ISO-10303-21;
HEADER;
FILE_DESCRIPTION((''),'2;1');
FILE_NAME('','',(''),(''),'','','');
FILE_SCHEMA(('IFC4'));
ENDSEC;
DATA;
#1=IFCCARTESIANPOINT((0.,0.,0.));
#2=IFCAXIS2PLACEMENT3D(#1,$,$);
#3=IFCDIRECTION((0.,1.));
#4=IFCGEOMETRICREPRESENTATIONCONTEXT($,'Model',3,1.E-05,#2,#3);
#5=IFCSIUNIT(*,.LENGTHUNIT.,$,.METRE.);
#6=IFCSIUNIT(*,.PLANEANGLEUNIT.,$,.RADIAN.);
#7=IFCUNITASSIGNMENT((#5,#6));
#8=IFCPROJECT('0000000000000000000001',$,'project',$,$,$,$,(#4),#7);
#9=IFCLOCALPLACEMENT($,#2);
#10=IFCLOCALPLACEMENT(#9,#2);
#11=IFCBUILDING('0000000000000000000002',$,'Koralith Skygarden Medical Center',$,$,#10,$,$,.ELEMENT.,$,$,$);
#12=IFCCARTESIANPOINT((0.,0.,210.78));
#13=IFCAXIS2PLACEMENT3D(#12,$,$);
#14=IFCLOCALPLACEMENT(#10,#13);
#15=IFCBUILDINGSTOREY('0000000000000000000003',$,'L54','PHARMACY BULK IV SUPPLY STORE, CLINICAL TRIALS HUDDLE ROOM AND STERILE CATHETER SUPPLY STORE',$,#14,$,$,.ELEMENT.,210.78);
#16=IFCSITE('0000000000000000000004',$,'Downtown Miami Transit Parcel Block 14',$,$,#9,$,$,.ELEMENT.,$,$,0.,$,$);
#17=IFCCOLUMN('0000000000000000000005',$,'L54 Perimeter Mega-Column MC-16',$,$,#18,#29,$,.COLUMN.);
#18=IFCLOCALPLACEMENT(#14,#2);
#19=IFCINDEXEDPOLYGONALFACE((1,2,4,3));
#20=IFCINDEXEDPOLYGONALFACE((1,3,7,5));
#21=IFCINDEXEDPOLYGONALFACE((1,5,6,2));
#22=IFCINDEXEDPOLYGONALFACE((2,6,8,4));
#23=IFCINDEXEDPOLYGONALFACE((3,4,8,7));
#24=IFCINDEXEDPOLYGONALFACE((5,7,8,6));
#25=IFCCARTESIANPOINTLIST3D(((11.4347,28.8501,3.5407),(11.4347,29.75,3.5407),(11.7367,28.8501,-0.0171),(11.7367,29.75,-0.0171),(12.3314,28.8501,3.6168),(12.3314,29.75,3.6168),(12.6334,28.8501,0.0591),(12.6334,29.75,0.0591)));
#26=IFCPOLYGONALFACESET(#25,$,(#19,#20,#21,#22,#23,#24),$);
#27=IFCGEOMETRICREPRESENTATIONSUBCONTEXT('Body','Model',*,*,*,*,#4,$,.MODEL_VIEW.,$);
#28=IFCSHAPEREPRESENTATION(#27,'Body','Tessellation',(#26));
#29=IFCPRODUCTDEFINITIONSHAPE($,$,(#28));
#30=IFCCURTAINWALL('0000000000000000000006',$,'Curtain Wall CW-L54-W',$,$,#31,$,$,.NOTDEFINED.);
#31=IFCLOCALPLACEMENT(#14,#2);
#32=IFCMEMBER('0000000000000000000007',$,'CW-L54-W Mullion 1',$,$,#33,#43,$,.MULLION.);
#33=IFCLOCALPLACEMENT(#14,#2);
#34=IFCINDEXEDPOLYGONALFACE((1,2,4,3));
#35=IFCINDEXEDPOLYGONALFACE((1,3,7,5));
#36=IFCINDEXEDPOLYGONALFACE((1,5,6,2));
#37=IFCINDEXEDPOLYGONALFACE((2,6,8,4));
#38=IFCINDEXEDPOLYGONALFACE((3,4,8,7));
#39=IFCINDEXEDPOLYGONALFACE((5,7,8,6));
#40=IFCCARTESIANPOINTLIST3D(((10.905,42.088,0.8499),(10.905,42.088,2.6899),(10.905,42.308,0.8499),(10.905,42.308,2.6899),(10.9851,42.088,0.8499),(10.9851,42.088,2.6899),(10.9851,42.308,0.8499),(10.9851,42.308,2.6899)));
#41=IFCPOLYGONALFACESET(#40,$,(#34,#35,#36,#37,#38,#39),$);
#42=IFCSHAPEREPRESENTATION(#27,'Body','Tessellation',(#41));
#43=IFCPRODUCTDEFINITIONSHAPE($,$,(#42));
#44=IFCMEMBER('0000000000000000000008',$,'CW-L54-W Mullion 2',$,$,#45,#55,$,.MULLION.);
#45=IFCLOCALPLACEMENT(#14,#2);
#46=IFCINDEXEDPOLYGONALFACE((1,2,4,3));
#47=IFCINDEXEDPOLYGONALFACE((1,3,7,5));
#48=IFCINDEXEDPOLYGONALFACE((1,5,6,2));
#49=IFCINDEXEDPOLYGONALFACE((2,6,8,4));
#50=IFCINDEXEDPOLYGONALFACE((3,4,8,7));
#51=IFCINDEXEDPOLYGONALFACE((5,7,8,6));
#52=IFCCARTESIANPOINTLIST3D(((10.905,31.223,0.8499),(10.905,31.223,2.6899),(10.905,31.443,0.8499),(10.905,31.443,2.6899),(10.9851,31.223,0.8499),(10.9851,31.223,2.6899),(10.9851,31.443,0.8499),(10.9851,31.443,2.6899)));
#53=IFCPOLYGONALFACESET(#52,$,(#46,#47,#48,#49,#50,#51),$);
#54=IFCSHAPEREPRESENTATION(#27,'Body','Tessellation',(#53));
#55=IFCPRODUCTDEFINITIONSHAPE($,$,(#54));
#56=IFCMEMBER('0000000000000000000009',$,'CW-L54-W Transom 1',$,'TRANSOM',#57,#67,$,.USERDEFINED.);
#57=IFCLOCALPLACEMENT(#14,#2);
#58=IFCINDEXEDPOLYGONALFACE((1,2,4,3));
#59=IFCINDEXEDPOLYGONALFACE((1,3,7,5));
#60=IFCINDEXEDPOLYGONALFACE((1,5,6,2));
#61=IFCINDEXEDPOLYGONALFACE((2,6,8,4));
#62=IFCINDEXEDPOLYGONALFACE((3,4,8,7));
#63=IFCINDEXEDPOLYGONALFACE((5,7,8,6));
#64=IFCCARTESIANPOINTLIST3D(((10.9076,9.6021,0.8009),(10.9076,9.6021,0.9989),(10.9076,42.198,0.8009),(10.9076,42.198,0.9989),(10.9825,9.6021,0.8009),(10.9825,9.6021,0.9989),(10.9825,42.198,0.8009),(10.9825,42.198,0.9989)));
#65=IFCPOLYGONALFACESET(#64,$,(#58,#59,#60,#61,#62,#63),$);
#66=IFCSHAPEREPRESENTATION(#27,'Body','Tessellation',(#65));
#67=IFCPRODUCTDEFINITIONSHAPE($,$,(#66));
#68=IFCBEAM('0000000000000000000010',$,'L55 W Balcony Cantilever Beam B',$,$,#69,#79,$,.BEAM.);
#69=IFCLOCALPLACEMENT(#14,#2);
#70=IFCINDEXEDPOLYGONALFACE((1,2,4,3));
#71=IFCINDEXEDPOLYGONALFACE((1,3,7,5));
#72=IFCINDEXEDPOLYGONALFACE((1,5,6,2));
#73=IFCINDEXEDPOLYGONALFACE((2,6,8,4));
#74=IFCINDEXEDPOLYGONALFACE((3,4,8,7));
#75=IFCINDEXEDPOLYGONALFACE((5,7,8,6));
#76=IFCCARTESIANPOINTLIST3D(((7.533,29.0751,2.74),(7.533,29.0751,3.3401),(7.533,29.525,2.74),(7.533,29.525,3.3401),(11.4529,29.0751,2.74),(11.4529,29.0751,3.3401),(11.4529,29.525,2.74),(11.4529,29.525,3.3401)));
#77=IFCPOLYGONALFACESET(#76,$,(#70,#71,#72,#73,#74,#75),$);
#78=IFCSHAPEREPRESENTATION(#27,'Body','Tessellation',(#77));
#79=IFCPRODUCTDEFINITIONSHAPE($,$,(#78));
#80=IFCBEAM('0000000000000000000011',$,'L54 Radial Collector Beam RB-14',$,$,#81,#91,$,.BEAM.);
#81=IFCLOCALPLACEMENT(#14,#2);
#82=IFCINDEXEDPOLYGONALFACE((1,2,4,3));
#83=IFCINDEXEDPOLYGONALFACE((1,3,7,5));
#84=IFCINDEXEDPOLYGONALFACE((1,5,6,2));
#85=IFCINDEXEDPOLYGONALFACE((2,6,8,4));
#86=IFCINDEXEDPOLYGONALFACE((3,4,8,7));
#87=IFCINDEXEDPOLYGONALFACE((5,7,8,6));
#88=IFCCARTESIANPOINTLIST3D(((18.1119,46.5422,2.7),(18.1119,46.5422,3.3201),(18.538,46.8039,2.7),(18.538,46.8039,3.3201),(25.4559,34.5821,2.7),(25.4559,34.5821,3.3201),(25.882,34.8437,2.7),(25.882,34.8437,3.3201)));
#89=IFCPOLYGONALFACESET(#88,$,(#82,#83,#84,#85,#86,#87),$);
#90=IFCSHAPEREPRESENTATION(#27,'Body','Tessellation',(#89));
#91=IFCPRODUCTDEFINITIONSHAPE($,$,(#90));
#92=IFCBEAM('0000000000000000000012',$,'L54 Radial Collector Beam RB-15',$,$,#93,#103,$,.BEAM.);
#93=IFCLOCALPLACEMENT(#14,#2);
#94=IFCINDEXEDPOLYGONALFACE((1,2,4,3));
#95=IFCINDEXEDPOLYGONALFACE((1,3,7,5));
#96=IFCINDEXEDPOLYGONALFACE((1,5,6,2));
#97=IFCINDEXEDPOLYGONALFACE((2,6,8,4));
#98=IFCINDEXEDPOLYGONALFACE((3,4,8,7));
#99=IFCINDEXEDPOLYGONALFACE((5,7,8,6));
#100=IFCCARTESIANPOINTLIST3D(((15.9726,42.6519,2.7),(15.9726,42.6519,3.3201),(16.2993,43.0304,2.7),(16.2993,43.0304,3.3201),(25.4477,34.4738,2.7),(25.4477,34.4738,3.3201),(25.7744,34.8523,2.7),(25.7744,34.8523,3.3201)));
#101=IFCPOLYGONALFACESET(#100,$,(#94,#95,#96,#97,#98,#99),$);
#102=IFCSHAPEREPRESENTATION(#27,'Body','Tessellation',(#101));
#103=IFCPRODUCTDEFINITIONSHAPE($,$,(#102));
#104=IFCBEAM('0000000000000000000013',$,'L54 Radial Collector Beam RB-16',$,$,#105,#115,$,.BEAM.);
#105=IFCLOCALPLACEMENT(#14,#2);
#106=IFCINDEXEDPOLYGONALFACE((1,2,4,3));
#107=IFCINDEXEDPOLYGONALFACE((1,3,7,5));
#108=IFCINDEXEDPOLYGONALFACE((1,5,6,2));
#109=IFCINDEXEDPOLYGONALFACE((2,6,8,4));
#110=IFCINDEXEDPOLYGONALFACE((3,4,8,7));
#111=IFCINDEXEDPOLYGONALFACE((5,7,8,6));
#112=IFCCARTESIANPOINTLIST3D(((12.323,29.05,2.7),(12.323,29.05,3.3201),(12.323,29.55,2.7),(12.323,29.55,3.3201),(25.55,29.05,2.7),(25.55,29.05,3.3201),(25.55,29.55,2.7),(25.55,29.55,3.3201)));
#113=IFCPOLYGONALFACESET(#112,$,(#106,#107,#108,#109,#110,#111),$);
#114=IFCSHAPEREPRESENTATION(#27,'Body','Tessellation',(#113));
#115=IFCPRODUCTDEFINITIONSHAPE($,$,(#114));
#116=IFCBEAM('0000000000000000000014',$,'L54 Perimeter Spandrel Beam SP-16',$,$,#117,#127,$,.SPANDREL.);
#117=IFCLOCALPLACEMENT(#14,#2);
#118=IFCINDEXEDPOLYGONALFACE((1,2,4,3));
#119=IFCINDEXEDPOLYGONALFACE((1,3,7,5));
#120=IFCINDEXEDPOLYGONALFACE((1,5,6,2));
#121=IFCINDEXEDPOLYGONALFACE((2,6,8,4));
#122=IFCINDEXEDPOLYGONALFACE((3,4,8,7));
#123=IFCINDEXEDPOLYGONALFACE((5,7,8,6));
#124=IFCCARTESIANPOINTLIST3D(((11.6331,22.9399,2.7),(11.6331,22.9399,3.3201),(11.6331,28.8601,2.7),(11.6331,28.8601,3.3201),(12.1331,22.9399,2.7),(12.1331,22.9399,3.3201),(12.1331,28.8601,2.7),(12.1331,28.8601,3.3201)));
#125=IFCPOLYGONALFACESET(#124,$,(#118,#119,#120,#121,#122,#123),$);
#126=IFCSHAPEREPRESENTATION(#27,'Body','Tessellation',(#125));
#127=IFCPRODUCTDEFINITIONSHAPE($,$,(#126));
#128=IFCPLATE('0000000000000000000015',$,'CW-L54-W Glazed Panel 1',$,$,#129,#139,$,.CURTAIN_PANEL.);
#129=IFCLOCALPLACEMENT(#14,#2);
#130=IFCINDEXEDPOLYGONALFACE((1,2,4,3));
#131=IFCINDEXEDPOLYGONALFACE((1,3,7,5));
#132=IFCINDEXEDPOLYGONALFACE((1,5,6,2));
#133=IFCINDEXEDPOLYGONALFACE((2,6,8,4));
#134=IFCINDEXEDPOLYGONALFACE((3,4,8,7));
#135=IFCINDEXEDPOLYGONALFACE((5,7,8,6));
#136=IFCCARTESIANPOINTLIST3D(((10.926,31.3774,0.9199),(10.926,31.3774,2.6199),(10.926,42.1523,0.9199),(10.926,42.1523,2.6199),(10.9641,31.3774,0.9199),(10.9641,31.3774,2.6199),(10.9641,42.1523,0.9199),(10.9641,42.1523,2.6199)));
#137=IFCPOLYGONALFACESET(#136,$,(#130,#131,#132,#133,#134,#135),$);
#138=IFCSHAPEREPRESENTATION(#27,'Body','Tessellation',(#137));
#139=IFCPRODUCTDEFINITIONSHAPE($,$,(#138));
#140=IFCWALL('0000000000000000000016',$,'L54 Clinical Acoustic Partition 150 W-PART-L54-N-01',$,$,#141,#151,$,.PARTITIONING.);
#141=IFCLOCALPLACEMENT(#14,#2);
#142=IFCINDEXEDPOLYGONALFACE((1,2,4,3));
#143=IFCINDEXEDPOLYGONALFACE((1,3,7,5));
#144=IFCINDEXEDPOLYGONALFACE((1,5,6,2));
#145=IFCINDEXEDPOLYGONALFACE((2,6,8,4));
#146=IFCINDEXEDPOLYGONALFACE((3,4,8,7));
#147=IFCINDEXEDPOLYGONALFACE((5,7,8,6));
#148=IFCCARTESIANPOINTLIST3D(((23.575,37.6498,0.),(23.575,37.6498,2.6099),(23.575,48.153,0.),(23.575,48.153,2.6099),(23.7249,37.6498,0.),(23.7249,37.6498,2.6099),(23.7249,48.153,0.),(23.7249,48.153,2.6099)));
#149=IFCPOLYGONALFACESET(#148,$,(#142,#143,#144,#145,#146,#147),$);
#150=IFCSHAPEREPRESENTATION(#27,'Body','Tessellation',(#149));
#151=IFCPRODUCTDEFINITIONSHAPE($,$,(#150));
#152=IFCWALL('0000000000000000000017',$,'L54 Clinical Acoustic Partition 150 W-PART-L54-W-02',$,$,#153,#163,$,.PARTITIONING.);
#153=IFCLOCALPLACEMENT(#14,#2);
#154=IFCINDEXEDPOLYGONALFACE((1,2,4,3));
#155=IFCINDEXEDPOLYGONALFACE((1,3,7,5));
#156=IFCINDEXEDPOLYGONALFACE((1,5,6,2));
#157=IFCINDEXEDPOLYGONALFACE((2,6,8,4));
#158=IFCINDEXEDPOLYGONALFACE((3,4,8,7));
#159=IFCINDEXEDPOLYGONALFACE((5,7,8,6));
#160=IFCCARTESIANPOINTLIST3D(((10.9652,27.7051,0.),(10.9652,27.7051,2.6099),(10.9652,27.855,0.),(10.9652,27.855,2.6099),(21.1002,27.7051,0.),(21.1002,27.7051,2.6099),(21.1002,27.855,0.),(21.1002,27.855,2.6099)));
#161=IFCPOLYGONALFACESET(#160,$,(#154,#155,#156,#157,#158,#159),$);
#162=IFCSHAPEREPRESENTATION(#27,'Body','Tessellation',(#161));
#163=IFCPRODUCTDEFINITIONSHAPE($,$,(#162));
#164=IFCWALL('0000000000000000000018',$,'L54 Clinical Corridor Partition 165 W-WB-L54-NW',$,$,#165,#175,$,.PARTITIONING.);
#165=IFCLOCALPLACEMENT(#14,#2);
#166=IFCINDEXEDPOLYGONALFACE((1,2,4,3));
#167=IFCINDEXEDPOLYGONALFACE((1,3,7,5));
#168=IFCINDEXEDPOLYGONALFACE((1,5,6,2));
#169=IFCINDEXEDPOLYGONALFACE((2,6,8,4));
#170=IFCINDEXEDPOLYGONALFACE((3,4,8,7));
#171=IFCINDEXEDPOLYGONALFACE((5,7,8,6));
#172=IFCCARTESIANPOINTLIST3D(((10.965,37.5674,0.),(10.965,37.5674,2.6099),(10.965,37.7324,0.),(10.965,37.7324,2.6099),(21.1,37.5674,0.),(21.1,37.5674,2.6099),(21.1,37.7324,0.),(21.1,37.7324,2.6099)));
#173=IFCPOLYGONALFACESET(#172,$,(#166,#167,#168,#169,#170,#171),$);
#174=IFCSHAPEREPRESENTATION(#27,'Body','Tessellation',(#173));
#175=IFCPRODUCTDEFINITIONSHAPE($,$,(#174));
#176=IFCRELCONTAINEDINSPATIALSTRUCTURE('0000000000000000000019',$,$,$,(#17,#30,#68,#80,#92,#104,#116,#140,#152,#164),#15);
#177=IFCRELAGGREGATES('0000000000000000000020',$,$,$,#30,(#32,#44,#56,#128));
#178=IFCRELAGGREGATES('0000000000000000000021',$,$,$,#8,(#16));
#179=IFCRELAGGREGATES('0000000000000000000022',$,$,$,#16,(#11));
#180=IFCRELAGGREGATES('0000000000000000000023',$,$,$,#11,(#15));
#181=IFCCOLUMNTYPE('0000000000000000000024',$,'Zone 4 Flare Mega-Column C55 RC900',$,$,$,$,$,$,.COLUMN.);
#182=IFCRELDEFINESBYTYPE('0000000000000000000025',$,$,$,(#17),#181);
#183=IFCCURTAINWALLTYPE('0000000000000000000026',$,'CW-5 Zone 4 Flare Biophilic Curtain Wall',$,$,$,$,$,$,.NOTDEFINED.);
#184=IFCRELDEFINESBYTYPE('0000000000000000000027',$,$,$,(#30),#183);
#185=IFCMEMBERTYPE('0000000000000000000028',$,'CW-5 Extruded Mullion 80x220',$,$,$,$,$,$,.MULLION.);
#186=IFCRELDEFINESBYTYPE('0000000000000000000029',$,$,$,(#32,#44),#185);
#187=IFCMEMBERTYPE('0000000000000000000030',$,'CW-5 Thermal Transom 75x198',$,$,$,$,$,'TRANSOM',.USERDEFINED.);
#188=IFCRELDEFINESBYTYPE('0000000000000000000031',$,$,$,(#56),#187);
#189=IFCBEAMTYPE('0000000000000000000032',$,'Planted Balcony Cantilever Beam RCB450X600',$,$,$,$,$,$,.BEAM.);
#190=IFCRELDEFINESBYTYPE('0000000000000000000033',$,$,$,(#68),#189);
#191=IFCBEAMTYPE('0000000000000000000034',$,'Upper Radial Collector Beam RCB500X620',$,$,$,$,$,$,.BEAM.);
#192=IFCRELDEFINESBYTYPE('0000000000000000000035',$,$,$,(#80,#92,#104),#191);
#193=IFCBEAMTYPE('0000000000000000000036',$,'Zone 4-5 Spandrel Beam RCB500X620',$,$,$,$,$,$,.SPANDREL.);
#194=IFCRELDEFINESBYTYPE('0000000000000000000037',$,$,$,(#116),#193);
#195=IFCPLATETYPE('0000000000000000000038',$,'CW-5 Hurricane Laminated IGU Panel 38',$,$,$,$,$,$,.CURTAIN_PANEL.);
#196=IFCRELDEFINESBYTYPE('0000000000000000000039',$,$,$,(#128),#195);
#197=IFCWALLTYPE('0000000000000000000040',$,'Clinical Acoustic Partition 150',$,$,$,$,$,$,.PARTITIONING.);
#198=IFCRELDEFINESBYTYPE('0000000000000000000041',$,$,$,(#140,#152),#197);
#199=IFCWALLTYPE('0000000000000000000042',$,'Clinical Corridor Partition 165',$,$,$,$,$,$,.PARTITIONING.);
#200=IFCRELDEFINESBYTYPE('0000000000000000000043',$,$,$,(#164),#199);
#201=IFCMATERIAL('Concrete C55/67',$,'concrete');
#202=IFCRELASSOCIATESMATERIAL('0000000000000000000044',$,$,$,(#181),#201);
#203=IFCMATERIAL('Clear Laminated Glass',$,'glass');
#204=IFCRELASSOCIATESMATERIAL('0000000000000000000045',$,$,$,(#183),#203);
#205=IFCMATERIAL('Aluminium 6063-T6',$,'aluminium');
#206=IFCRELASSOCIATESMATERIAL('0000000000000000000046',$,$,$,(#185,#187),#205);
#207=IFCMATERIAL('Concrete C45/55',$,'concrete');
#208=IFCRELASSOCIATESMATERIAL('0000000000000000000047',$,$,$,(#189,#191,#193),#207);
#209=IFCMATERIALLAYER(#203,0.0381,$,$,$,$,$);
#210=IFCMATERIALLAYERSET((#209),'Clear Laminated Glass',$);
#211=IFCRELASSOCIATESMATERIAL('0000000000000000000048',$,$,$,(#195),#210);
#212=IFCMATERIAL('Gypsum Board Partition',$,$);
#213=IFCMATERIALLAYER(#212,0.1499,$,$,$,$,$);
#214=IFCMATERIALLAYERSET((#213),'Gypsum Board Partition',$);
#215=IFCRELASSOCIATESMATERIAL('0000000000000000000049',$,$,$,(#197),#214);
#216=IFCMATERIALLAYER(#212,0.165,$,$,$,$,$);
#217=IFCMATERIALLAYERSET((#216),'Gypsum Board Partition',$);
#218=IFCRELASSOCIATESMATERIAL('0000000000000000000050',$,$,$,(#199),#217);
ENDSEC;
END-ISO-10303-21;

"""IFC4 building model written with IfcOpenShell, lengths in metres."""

from ifc_helpers import new_model, si_unit, direction, frame, frame_2d, origin, origin_2d, place, context, subcontext, project, spatial, rectangle, extrude, material, layer, layer_set, material_profile, profile_set, type_object, element, aggregate, save


model = new_model("IFC4")

# Units and contexts
model_context = context("Model", 3, precision=1e-05, world=origin(), true_north=direction((0.0, 1.0)))
body_context = subcontext(model_context, "Body", "Model", "MODEL_VIEW")
ifc_project = project(units=[si_unit("LENGTHUNIT", "METRE"), si_unit("PLANEANGLEUNIT", "RADIAN")], contexts=[model_context])

# Site, building, storey
site_placement = place(None, origin())
site = spatial("IfcSite", under=ifc_project, at=site_placement, Name="Downtown Miami Transit Parcel Block 14", CompositionType="ELEMENT", RefElevation=0.0)
building_placement = place(site_placement, origin())
building = spatial("IfcBuilding", under=site, at=building_placement, Name="Koralith Skygarden Medical Center", CompositionType="ELEMENT")
storey_placement = place(building_placement, frame((0.0, 0.0, 210.78)))
storey = spatial("IfcBuildingStorey", under=building, at=storey_placement, Name="L54", Description="PHARMACY BULK IV SUPPLY STORE, CLINICAL TRIALS HUDDLE ROOM AND STERILE CATHETER SUPPLY STORE", CompositionType="ELEMENT", Elevation=210.78)

# Column
ifc_material_1 = material(Name="Concrete C55/67", Category="concrete")
ifc_material_profile_1 = material_profile(ifc_material_1, rectangle(XDim=0.8999, YDim=0.8999, at=origin_2d()), Name="RC900X900")
ifc_profile_set_1 = profile_set([ifc_material_profile_1], Name="Concrete C55/67")
column_type = type_object("IfcColumnType", Name="Zone 4 Flare Mega-Column C55 RC900", PredefinedType="COLUMN", material=ifc_profile_set_1)
column_placement = place(storey_placement, frame((12.1851, 29.3, 0.021), z_axis=(-0.084579, 0.0, 0.996417), x_axis=(0.0, -1.0, 0.0)))
element("IfcColumn", 1, at=column_placement, inside=storey, type_object=column_type, Name="L54 Perimeter Mega-Column MC-16", PredefinedType="COLUMN", context=body_context, shape_type="SweptSolid", body=[
    extrude(rectangle(XDim=0.8999, YDim=0.8999, at=origin_2d()), origin(), (0.0, 0.0, 1.0), 3.5706),
])

# Curtain wall, members
ifc_material_2 = material(Name="Clear Laminated Glass", Category="glass")
curtain_wall_type = type_object("IfcCurtainWallType", Name="CW-5 Zone 4 Flare Biophilic Curtain Wall", PredefinedType="NOTDEFINED", material=ifc_material_2)
curtain_wall_placement = place(storey_placement, origin())
curtain_wall = element("IfcCurtainWall", 2, at=curtain_wall_placement, inside=storey, type_object=curtain_wall_type, Name="Curtain Wall CW-L54-W", PredefinedType="NOTDEFINED")
ifc_material_3 = material(Name="Aluminium 6063-T6", Category="aluminium")
ifc_material_profile_2 = material_profile(ifc_material_3, rectangle(XDim=0.0801, YDim=0.22, at=origin_2d()), Name="MUL80X220")
ifc_profile_set_2 = profile_set([ifc_material_profile_2], Name="Aluminium 6063-T6")
member_type_1 = type_object("IfcMemberType", Name="CW-5 Extruded Mullion 80x220", PredefinedType="MULLION", material=ifc_profile_set_2)
member_1_placement = place(storey_placement, frame((10.9451, 42.198, 0.8499), z_axis=(0.0, 0.0, 1.0), x_axis=(1.0, 0.0, 0.0)))
member_1 = element("IfcMember", 3, at=member_1_placement, type_object=member_type_1, Name="CW-L54-W Mullion 1", PredefinedType="MULLION", context=body_context, shape_type="SweptSolid", body=[
    extrude(rectangle(XDim=0.0801, YDim=0.22, at=origin_2d()), origin(), (0.0, 0.0, 1.0), 1.8401),
])
member_2_placement = place(storey_placement, frame((10.9451, 31.333, 0.8499), z_axis=(0.0, 0.0, 1.0), x_axis=(1.0, 0.0, 0.0)))
member_2 = element("IfcMember", 4, at=member_2_placement, type_object=member_type_1, Name="CW-L54-W Mullion 2", PredefinedType="MULLION", context=body_context, shape_type="SweptSolid", body=[
    extrude(rectangle(XDim=0.0801, YDim=0.22, at=origin_2d()), origin(), (0.0, 0.0, 1.0), 1.8401),
])
ifc_material_profile_3 = material_profile(ifc_material_3, rectangle(XDim=0.075, YDim=0.198, at=origin_2d()), Name="TRN75X198")
ifc_profile_set_3 = profile_set([ifc_material_profile_3], Name="Aluminium 6063-T6")
member_type_2 = type_object("IfcMemberType", Name="CW-5 Thermal Transom 75x198", ElementType="TRANSOM", PredefinedType="USERDEFINED", material=ifc_profile_set_3)
member_3_placement = place(storey_placement, frame((10.9451, 42.198, 0.8999), z_axis=(0.0, -1.0, 0.0), x_axis=(1.0, 0.0, 0.0)))
member_3 = element("IfcMember", 5, at=member_3_placement, type_object=member_type_2, Name="CW-L54-W Transom 1", ObjectType="TRANSOM", PredefinedType="USERDEFINED", context=body_context, shape_type="SweptSolid", body=[
    extrude(rectangle(XDim=0.075, YDim=0.198, at=origin_2d()), origin(), (0.0, 0.0, 1.0), 32.5959),
])

# Beams
ifc_material_4 = material(Name="Concrete C45/55", Category="concrete")
ifc_material_profile_4 = material_profile(ifc_material_4, rectangle(XDim=0.45, YDim=0.6001, at=origin_2d()), Name="RCB450X600")
ifc_profile_set_4 = profile_set([ifc_material_profile_4], Name="Concrete C45/55")
beam_type_1 = type_object("IfcBeamType", Name="Planted Balcony Cantilever Beam RCB450X600", PredefinedType="BEAM", material=ifc_profile_set_4)
beam_1_placement = place(storey_placement, frame((11.4529, 29.3, 3.04), z_axis=(-1.0, 0.0, 0.0), x_axis=(0.0, -1.0, 0.0)))
element("IfcBeam", 6, at=beam_1_placement, inside=storey, type_object=beam_type_1, Name="L55 W Balcony Cantilever Beam B", PredefinedType="BEAM", context=body_context, shape_type="SweptSolid", body=[
    extrude(rectangle(XDim=0.45, YDim=0.6001, at=origin_2d()), origin(), (0.0, 0.0, 1.0), 3.9199),
])
ifc_material_profile_5 = material_profile(ifc_material_4, rectangle(XDim=0.5, YDim=0.6201, at=origin_2d()), Name="RCB500X620")
ifc_profile_set_5 = profile_set([ifc_material_profile_5], Name="Concrete C45/55")
beam_type_2 = type_object("IfcBeamType", Name="Upper Radial Collector Beam RCB500X620", PredefinedType="BEAM", material=ifc_profile_set_5)
beam_2_placement = place(storey_placement, frame((25.6689, 34.7129, 3.01), z_axis=(-0.523263, 0.852171, 0.0), x_axis=(-0.852171, -0.523263, 0.0)))
element("IfcBeam", 7, at=beam_2_placement, inside=storey, type_object=beam_type_2, Name="L54 Radial Collector Beam RB-14", PredefinedType="BEAM", context=body_context, shape_type="SweptSolid", body=[
    extrude(rectangle(XDim=0.5, YDim=0.6201, at=origin_2d()), origin(), (0.0, 0.0, 1.0), 14.0349),
])
beam_3_placement = place(storey_placement, frame((25.6111, 34.6631, 3.01), z_axis=(-0.757023, 0.653388, 0.0), x_axis=(-0.653388, -0.757023, 0.0)))
element("IfcBeam", 8, at=beam_3_placement, inside=storey, type_object=beam_type_2, Name="L54 Radial Collector Beam RB-15", PredefinedType="BEAM", context=body_context, shape_type="SweptSolid", body=[
    extrude(rectangle(XDim=0.5, YDim=0.6201, at=origin_2d()), origin(), (0.0, 0.0, 1.0), 12.5164),
])
beam_4_placement = place(storey_placement, frame((25.55, 29.3, 3.01), z_axis=(-1.0, 0.0, 0.0), x_axis=(0.0, -1.0, 0.0)))
element("IfcBeam", 9, at=beam_4_placement, inside=storey, type_object=beam_type_2, Name="L54 Radial Collector Beam RB-16", PredefinedType="BEAM", context=body_context, shape_type="SweptSolid", body=[
    extrude(rectangle(XDim=0.5, YDim=0.6201, at=origin_2d()), origin(), (0.0, 0.0, 1.0), 13.2271),
])
ifc_material_profile_6 = material_profile(ifc_material_4, rectangle(XDim=0.5, YDim=0.6201, at=origin_2d()), Name="RCB500X620")
ifc_profile_set_6 = profile_set([ifc_material_profile_6], Name="Concrete C45/55")
beam_type_3 = type_object("IfcBeamType", Name="Zone 4-5 Spandrel Beam RCB500X620", PredefinedType="SPANDREL", material=ifc_profile_set_6)
beam_5_placement = place(storey_placement, frame((11.8831, 28.8601, 3.01), z_axis=(0.0, -1.0, 0.0), x_axis=(1.0, 0.0, 0.0)))
element("IfcBeam", 10, at=beam_5_placement, inside=storey, type_object=beam_type_3, Name="L54 Perimeter Spandrel Beam SP-16", PredefinedType="SPANDREL", context=body_context, shape_type="SweptSolid", body=[
    extrude(rectangle(XDim=0.5, YDim=0.6201, at=origin_2d()), origin(), (0.0, 0.0, 1.0), 5.9202),
])

# Plate
ifc_layer_1 = layer(ifc_material_2, 0.0381)
ifc_layer_set_1 = layer_set([ifc_layer_1], Name="Clear Laminated Glass")
plate_type = type_object("IfcPlateType", Name="CW-5 Hurricane Laminated IGU Panel 38", PredefinedType="CURTAIN_PANEL", material=ifc_layer_set_1)
plate_placement = place(storey_placement, frame((10.9451, 36.7649, 0.9199), z_axis=(0.0, 0.0, 1.0), x_axis=(0.0, -1.0, 0.0)))
plate = element("IfcPlate", 11, at=plate_placement, type_object=plate_type, Name="CW-L54-W Glazed Panel 1", PredefinedType="CURTAIN_PANEL", context=body_context, shape_type="SweptSolid", body=[
    extrude(rectangle(XDim=10.7749, YDim=0.0381, at=origin_2d()), origin(), (0.0, 0.0, 1.0), 1.7),
])
aggregate(curtain_wall, [member_1, member_2, member_3, plate])

# Walls
ifc_material_5 = material(Name="Gypsum Board Partition")
ifc_layer_2 = layer(ifc_material_5, 0.1499)
ifc_layer_set_2 = layer_set([ifc_layer_2], Name="Gypsum Board Partition")
wall_type_1 = type_object("IfcWallType", Name="Clinical Acoustic Partition 150", PredefinedType="PARTITIONING", material=ifc_layer_set_2)
wall_1_placement = place(storey_placement, frame((23.6499, 37.6499, 0.0), z_axis=(0.0, 0.0, 1.0), x_axis=(0.0, 1.0, 0.0)))
element("IfcWall", 12, at=wall_1_placement, inside=storey, type_object=wall_type_1, Name="L54 Clinical Acoustic Partition 150 W-PART-L54-N-01", PredefinedType="PARTITIONING", context=body_context, shape_type="SweptSolid", body=[
    extrude(rectangle(XDim=10.5032, YDim=0.1499, at=frame_2d((5.2515, 0.0))), origin(), (0.0, 0.0, 1.0), 2.6099),
])
wall_2_placement = place(storey_placement, frame((21.1001, 27.78, 0.0), z_axis=(0.0, 0.0, 1.0), x_axis=(-1.0, 0.0, 0.0)))
element("IfcWall", 13, at=wall_2_placement, inside=storey, type_object=wall_type_1, Name="L54 Clinical Acoustic Partition 150 W-PART-L54-W-02", PredefinedType="PARTITIONING", context=body_context, shape_type="SweptSolid", body=[
    extrude(rectangle(XDim=10.135, YDim=0.1499, at=frame_2d((5.0674, 0.0))), origin(), (0.0, 0.0, 1.0), 2.6099),
])
ifc_layer_3 = layer(ifc_material_5, 0.165)
ifc_layer_set_3 = layer_set([ifc_layer_3], Name="Gypsum Board Partition")
wall_type_2 = type_object("IfcWallType", Name="Clinical Corridor Partition 165", PredefinedType="PARTITIONING", material=ifc_layer_set_3)
wall_3_placement = place(storey_placement, frame((10.9651, 37.6499, 0.0), z_axis=(0.0, 0.0, 1.0), x_axis=(1.0, 0.0, 0.0)))
element("IfcWall", 14, at=wall_3_placement, inside=storey, type_object=wall_type_2, Name="L54 Clinical Corridor Partition 165 W-WB-L54-NW", PredefinedType="PARTITIONING", context=body_context, shape_type="SweptSolid", body=[
    extrude(rectangle(XDim=10.135, YDim=0.165, at=frame_2d((5.0674, 0.0))), origin(), (0.0, 0.0, 1.0), 2.6099),
])

save(model, "model.ifc")
